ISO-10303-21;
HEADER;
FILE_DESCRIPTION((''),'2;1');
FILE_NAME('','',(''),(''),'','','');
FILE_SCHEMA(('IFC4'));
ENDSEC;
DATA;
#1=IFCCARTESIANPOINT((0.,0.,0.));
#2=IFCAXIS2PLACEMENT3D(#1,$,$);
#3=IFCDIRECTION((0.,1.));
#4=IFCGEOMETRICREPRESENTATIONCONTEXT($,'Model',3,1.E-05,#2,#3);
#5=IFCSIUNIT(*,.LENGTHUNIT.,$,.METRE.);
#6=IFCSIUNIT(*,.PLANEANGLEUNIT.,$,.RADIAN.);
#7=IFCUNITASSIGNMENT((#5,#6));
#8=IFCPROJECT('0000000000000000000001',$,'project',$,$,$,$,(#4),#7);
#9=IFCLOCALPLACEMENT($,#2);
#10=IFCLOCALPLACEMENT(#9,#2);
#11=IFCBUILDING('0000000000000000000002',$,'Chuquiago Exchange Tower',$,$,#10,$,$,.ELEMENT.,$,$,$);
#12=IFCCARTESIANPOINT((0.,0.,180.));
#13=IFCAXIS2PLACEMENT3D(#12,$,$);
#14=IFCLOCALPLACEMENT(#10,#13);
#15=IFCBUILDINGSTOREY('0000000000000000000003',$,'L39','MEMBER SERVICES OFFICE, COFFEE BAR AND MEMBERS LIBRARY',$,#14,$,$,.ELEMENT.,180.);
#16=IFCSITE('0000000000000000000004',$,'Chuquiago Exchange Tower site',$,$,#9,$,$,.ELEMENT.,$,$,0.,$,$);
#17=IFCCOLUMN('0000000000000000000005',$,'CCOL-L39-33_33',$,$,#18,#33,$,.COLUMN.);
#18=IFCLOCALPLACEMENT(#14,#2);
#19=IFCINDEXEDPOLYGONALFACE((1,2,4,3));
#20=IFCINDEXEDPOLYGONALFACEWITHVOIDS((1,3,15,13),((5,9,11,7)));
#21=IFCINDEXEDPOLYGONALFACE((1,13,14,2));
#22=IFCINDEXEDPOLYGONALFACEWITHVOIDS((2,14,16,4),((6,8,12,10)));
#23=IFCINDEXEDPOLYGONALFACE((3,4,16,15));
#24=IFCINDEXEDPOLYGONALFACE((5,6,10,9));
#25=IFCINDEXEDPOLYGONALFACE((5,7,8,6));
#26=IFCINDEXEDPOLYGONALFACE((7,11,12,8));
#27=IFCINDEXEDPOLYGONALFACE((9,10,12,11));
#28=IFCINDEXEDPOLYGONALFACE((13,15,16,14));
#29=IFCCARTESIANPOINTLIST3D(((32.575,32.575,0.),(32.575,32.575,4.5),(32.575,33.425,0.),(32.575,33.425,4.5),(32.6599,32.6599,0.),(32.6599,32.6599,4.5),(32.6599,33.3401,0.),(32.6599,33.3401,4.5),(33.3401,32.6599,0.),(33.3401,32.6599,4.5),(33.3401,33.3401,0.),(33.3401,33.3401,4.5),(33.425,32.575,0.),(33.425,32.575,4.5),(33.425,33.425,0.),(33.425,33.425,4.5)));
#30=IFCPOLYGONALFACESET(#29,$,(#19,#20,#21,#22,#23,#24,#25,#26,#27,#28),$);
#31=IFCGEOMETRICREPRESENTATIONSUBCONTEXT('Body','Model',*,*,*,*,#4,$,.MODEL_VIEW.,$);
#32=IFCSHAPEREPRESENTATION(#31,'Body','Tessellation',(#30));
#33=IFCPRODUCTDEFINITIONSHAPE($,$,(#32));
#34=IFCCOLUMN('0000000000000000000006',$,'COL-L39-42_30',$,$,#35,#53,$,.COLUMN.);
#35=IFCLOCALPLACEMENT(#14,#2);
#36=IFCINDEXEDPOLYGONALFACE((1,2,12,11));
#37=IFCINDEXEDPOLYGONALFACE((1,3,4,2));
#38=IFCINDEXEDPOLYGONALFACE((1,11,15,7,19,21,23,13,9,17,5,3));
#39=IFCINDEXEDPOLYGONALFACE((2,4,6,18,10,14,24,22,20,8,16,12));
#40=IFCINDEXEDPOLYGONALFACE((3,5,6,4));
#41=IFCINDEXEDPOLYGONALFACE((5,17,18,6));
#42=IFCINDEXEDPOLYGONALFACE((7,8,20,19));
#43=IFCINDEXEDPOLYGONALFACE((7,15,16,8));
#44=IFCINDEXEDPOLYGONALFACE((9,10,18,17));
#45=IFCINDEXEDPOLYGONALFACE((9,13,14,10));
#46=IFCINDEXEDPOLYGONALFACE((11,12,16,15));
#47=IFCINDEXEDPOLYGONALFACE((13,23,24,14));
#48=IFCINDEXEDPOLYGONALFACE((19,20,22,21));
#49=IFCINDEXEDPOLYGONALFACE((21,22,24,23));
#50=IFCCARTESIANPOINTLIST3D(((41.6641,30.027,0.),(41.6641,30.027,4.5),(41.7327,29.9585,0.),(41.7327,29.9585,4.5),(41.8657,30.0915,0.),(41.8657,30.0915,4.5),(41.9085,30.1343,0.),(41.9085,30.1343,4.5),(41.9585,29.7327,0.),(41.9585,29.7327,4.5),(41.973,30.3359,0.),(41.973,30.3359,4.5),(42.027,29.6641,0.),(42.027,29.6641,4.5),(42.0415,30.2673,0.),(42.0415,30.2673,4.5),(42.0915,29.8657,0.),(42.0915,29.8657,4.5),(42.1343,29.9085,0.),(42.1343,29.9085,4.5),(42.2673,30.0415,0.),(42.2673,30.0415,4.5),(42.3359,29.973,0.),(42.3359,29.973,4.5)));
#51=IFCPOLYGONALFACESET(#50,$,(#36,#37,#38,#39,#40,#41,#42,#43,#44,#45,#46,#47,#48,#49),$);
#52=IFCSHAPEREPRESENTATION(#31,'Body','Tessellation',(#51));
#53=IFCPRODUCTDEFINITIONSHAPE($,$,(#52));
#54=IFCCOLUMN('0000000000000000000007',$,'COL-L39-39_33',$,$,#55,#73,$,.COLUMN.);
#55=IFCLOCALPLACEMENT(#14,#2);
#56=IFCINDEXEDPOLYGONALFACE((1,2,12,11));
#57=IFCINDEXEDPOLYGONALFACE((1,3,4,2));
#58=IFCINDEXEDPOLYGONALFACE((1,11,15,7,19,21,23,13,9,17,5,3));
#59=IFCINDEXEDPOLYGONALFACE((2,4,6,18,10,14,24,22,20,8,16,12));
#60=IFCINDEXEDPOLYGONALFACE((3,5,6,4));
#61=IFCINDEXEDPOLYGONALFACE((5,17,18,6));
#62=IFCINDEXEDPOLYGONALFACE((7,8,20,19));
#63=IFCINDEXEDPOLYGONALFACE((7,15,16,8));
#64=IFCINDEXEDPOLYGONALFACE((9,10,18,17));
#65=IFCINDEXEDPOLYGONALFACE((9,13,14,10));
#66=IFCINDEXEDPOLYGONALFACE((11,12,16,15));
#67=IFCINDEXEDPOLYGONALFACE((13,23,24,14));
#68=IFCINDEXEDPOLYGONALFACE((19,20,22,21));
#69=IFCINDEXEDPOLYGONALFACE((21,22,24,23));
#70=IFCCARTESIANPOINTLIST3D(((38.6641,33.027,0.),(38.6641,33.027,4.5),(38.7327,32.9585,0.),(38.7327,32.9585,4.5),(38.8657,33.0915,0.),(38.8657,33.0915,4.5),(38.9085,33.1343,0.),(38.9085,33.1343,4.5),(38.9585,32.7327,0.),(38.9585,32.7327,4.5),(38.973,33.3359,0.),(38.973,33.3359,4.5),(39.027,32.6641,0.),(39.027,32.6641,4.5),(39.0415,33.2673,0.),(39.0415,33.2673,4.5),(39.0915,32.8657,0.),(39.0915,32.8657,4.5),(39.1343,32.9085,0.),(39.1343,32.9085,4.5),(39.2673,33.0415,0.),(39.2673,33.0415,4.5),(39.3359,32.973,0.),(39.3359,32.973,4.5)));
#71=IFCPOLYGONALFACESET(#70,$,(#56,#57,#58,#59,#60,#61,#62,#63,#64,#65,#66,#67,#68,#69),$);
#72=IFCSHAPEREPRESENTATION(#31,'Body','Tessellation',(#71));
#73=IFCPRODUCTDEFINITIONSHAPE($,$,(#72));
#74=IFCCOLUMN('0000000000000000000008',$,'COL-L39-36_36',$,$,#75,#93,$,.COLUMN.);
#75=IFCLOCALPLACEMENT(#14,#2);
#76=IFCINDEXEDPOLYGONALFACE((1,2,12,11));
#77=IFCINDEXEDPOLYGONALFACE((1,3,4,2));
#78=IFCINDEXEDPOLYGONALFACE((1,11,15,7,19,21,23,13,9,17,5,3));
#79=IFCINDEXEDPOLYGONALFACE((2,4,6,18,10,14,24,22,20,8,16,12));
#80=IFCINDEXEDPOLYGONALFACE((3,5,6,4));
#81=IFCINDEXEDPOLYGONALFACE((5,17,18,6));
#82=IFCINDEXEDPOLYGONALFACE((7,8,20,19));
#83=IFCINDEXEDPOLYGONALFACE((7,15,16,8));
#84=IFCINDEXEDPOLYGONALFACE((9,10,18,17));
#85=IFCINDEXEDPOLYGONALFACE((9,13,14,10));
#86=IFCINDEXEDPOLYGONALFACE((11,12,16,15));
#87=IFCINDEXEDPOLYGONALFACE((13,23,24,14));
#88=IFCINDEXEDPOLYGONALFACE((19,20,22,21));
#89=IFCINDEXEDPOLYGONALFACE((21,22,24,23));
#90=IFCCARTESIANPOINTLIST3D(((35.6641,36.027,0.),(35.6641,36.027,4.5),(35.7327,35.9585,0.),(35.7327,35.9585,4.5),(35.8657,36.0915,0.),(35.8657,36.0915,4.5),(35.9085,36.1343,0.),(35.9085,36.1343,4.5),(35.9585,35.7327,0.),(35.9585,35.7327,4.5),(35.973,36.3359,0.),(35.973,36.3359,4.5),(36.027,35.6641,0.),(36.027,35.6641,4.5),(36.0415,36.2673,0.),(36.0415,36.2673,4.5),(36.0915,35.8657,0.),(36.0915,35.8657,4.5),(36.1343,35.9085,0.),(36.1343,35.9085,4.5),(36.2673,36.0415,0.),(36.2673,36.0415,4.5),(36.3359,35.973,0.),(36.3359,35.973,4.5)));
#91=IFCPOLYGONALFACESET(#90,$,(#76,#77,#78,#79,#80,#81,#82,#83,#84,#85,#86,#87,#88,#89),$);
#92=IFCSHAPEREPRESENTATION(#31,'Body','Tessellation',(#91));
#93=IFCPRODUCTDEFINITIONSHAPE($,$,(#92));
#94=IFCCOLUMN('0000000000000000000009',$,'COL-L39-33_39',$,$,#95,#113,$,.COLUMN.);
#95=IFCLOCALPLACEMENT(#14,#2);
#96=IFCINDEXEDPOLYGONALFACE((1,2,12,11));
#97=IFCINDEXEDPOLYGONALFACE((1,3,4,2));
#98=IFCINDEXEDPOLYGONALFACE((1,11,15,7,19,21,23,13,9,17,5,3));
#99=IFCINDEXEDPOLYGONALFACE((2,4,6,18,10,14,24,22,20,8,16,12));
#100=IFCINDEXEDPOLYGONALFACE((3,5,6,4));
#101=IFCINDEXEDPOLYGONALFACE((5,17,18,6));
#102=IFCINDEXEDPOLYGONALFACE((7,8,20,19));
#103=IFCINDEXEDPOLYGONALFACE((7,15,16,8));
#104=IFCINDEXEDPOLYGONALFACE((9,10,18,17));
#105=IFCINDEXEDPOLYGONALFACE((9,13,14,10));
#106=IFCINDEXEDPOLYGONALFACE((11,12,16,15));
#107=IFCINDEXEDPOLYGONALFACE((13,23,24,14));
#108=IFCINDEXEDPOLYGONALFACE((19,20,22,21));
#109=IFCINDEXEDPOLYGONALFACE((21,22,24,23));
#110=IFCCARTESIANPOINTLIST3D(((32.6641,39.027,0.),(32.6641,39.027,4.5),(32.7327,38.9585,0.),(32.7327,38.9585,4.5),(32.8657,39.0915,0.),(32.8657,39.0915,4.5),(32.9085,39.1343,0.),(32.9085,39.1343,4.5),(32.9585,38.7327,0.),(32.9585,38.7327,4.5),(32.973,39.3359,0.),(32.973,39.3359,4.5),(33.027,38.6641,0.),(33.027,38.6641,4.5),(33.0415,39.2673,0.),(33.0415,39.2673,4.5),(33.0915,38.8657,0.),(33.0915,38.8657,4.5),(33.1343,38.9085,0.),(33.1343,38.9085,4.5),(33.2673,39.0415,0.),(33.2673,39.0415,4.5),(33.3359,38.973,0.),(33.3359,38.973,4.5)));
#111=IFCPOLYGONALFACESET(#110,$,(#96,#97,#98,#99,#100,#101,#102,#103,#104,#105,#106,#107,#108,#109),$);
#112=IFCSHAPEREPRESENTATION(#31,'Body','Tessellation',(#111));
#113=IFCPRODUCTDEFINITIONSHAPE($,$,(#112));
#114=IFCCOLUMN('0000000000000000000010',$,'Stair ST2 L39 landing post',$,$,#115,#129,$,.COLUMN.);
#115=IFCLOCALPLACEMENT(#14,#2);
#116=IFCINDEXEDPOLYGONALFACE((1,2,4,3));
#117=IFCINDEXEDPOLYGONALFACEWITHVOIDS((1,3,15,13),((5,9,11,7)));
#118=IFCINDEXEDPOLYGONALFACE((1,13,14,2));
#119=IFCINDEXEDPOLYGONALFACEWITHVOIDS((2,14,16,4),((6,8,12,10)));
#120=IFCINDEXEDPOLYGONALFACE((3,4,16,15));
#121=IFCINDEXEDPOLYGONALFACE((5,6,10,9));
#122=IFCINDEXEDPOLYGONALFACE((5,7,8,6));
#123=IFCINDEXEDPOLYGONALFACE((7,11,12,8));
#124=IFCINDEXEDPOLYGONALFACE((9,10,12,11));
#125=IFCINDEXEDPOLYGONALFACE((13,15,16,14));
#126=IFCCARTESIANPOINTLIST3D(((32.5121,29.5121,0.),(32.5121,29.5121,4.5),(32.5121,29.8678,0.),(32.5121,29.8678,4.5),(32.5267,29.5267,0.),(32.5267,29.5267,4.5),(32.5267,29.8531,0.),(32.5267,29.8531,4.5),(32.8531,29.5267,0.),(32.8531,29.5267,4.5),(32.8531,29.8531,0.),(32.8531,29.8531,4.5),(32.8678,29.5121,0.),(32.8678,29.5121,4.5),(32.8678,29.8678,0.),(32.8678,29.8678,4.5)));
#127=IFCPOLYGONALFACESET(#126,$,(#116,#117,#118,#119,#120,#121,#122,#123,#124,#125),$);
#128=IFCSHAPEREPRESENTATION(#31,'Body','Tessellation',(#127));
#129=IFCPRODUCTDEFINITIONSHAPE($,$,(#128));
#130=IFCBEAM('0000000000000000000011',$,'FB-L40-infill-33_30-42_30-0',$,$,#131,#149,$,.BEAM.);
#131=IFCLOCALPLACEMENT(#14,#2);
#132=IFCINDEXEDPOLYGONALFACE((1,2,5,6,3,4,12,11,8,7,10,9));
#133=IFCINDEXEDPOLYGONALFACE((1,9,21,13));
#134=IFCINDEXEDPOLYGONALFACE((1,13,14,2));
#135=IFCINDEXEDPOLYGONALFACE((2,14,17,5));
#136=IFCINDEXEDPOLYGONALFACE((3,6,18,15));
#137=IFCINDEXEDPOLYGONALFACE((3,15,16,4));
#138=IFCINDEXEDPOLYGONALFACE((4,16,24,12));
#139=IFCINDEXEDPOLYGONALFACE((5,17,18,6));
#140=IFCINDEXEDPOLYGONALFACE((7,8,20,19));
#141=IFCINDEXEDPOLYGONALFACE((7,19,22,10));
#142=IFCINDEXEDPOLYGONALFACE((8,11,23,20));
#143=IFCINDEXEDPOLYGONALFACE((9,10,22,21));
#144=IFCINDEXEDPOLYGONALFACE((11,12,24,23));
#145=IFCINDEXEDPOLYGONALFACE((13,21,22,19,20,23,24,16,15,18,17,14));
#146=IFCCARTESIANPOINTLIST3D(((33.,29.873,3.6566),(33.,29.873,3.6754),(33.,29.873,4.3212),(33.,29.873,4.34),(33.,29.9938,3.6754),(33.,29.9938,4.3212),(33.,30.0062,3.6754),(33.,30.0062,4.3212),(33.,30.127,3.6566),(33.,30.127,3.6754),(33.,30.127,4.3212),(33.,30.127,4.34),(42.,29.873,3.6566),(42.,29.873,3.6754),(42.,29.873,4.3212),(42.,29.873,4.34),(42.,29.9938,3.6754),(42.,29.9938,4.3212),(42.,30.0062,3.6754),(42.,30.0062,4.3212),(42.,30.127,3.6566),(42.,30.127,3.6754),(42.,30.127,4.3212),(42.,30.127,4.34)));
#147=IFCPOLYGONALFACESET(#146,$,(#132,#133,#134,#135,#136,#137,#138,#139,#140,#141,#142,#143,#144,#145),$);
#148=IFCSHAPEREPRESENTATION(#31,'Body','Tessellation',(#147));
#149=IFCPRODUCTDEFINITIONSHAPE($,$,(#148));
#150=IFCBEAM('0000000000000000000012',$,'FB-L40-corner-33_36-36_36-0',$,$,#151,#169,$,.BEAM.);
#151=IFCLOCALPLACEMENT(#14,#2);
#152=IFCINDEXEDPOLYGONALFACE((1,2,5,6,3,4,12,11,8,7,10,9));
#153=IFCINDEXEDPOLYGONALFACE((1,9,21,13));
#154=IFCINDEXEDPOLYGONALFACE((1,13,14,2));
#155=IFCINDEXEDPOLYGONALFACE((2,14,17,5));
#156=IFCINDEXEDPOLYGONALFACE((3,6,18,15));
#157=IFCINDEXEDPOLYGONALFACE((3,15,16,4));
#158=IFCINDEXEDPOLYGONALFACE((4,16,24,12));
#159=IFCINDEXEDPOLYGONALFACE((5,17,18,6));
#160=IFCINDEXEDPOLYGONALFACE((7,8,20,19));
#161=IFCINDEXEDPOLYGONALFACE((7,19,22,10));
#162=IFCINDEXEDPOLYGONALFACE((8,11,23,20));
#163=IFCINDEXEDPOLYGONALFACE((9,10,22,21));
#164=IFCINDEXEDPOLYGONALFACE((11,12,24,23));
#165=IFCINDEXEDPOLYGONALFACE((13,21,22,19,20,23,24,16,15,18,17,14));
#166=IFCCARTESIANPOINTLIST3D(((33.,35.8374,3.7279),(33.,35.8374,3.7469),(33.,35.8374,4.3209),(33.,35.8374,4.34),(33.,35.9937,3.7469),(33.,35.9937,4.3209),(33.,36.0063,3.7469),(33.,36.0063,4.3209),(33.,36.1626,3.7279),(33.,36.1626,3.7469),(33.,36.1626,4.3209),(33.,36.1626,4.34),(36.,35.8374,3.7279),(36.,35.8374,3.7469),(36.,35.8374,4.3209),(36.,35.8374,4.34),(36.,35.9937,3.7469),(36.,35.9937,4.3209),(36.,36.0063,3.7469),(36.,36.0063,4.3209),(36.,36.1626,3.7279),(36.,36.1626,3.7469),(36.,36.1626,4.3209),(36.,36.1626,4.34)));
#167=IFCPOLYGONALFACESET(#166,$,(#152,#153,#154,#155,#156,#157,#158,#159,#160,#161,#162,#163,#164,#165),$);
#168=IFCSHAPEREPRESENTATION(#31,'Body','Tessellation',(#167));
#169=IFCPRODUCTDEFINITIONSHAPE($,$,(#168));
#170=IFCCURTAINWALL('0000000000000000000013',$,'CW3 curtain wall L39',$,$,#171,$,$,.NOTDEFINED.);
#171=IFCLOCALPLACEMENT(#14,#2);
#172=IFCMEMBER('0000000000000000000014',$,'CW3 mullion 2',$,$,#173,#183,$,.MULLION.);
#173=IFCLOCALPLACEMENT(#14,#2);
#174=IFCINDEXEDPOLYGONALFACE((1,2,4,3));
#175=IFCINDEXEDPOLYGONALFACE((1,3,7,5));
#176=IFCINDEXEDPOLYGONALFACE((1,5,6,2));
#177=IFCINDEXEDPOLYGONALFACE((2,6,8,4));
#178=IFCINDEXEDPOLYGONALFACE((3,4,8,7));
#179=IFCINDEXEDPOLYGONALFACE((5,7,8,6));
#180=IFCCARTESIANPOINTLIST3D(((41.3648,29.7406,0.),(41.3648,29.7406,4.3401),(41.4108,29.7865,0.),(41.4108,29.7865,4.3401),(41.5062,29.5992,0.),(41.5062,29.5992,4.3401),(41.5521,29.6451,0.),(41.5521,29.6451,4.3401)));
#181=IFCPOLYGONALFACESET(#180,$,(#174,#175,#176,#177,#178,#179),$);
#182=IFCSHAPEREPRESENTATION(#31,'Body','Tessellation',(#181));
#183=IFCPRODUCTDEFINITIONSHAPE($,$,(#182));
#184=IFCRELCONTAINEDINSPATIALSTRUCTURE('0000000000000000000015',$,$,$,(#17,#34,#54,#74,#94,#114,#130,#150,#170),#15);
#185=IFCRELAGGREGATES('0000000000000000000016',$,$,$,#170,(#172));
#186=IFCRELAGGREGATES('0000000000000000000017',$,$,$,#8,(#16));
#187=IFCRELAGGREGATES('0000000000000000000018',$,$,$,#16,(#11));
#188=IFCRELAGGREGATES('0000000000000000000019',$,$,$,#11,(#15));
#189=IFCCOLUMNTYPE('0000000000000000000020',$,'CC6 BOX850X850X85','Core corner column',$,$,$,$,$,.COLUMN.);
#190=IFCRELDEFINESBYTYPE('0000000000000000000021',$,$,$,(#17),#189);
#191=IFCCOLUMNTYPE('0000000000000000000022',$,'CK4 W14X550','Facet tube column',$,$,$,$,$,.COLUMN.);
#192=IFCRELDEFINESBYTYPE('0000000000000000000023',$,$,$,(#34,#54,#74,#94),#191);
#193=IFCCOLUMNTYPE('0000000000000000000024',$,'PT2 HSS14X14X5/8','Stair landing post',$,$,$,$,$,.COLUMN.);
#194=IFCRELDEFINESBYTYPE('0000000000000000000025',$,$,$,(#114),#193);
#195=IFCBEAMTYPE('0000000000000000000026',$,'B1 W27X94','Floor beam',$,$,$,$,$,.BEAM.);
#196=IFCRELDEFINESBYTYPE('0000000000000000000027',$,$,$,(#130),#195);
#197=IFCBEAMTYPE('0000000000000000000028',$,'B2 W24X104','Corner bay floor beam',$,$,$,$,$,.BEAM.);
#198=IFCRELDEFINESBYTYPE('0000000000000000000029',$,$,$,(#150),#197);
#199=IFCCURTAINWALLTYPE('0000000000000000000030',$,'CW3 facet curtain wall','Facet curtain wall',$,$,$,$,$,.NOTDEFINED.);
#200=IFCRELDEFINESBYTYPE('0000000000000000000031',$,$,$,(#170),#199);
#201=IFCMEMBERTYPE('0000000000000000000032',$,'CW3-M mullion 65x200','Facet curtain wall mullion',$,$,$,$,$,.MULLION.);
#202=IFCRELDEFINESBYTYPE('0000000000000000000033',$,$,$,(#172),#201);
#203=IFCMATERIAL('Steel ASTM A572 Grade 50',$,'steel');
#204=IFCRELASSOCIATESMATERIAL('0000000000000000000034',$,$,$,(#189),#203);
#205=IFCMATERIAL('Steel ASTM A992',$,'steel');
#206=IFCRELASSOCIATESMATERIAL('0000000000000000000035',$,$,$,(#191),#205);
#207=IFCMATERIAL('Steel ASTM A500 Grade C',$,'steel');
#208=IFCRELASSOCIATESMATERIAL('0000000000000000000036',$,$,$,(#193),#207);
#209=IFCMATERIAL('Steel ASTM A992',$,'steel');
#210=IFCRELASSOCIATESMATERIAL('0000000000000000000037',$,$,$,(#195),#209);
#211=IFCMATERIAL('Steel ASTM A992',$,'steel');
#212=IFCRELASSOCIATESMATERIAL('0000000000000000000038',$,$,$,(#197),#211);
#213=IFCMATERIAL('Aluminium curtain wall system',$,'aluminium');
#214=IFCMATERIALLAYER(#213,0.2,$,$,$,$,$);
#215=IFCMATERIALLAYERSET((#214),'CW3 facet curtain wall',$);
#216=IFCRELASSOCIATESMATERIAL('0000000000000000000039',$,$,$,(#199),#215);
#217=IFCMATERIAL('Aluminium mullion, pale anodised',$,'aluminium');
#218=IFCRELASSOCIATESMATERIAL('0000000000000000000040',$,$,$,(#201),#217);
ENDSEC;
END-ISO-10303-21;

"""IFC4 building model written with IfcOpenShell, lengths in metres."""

from ifc_helpers import new_model, si_unit, direction, frame, origin, origin_2d, place, context, subcontext, project, spatial, rectangle, hollow_rectangle, i_section, extrude, material, layer, layer_set, material_profile, profile_set, type_object, element, aggregate, save


model = new_model("IFC4")

# Units and contexts
model_context = context("Model", 3, precision=1e-05, world=origin(), true_north=direction((0.0, 1.0)))
body_context = subcontext(model_context, "Body", "Model", "MODEL_VIEW")
ifc_project = project(units=[si_unit("LENGTHUNIT", "METRE"), si_unit("PLANEANGLEUNIT", "RADIAN")], contexts=[model_context])

# Site, building, storey
site_placement = place(None, origin())
site = spatial("IfcSite", under=ifc_project, at=site_placement, Name="Chuquiago Exchange Tower site", CompositionType="ELEMENT", RefElevation=0.0)
building_placement = place(site_placement, origin())
building = spatial("IfcBuilding", under=site, at=building_placement, Name="Chuquiago Exchange Tower", CompositionType="ELEMENT")
storey_placement = place(building_placement, frame((0.0, 0.0, 180.0)))
storey = spatial("IfcBuildingStorey", under=building, at=storey_placement, Name="L39", Description="MEMBER SERVICES OFFICE, COFFEE BAR AND MEMBERS LIBRARY", CompositionType="ELEMENT", Elevation=180.0)

# Columns
ifc_material_1 = material(Name="Steel ASTM A572 Grade 50", Category="steel")
ifc_material_profile_1 = material_profile(ifc_material_1, hollow_rectangle(XDim=0.8501, YDim=0.8501, WallThickness=0.085, at=origin_2d()), Name="BOX850X850X85")
ifc_profile_set_1 = profile_set([ifc_material_profile_1], Name="Steel ASTM A572 Grade 50")
column_type_1 = type_object("IfcColumnType", Name="CC6 BOX850X850X85", Description="Core corner column", PredefinedType="COLUMN", material=ifc_profile_set_1)
column_1_placement = place(storey_placement, frame((33.0, 33.0, 0.0), z_axis=(0.0, 0.0, 1.0), x_axis=(1.0, 0.0, 0.0)))
element("IfcColumn", 1, at=column_1_placement, inside=storey, type_object=column_type_1, Name="CCOL-L39-33_33", PredefinedType="COLUMN", context=body_context, shape_type="SweptSolid", body=[
    extrude(hollow_rectangle(XDim=0.8501, YDim=0.8501, WallThickness=0.085, at=origin_2d()), origin(), (0.0, 0.0, 1.0), 4.5),
])
ifc_material_2 = material(Name="Steel ASTM A992", Category="steel")
ifc_material_profile_2 = material_profile(ifc_material_2, i_section(OverallWidth=0.4368, OverallDepth=0.5132, WebThickness=0.0605, FlangeThickness=0.0969, at=origin_2d()), Name="W14X550")
ifc_profile_set_2 = profile_set([ifc_material_profile_2], Name="Steel ASTM A992")
column_type_2 = type_object("IfcColumnType", Name="CK4 W14X550", Description="Facet tube column", PredefinedType="COLUMN", material=ifc_profile_set_2)
for number, where, z_axis, x_axis, name in (
    (2, (42.0, 30.0, 0.0), (0.0, 0.0, 1.0), (0.707107, 0.707107, 0.0), "COL-L39-42_30"),
    (3, (39.0, 33.0, 0.0), (0.0, 0.0, 1.0), (0.707107, 0.707107, 0.0), "COL-L39-39_33"),
    (4, (36.0, 36.0, 0.0), (0.0, 0.0, 1.0), (0.707107, 0.707107, 0.0), "COL-L39-36_36"),
    (5, (33.0, 39.0, 0.0), (0.0, 0.0, 1.0), (0.707107, 0.707107, 0.0), "COL-L39-33_39"),
):
    element("IfcColumn", number, at=place(storey_placement, frame(where, z_axis=z_axis, x_axis=x_axis)), inside=storey, type_object=column_type_2, Name=name, PredefinedType="COLUMN", context=body_context, shape_type="SweptSolid", body=[
        extrude(i_section(OverallWidth=0.4368, OverallDepth=0.5132, WebThickness=0.0605, FlangeThickness=0.0969, at=origin_2d()), origin(), (0.0, 0.0, 1.0), 4.5),
    ])
ifc_material_3 = material(Name="Steel ASTM A500 Grade C", Category="steel")
ifc_material_profile_3 = material_profile(ifc_material_3, hollow_rectangle(XDim=0.3557, YDim=0.3557, WallThickness=0.0146, at=origin_2d()), Name="HSS14X14X5/8")
ifc_profile_set_3 = profile_set([ifc_material_profile_3], Name="Steel ASTM A500 Grade C")
column_type_3 = type_object("IfcColumnType", Name="PT2 HSS14X14X5/8", Description="Stair landing post", PredefinedType="COLUMN", material=ifc_profile_set_3)
column_2_placement = place(storey_placement, frame((32.6899, 29.6899, 0.0), z_axis=(0.0, 0.0, 1.0), x_axis=(1.0, 0.0, 0.0)))
element("IfcColumn", 6, at=column_2_placement, inside=storey, type_object=column_type_3, Name="Stair ST2 L39 landing post", PredefinedType="COLUMN", context=body_context, shape_type="SweptSolid", body=[
    extrude(hollow_rectangle(XDim=0.3557, YDim=0.3557, WallThickness=0.0146, at=origin_2d()), origin(), (0.0, 0.0, 1.0), 4.5),
])

# Beams
ifc_material_4 = material(Name="Steel ASTM A992", Category="steel")
ifc_material_profile_4 = material_profile(ifc_material_4, i_section(OverallWidth=0.2539, OverallDepth=0.6833, WebThickness=0.0125, FlangeThickness=0.0188, at=origin_2d()), Name="W27X94")
ifc_profile_set_4 = profile_set([ifc_material_profile_4], Name="Steel ASTM A992")
beam_type_1 = type_object("IfcBeamType", Name="B1 W27X94", Description="Floor beam", PredefinedType="BEAM", material=ifc_profile_set_4)
beam_1_placement = place(storey_placement, frame((33.0, 30.0, 3.9983), z_axis=(1.0, 0.0, 0.0), x_axis=(0.0, 1.0, 0.0)))
element("IfcBeam", 7, at=beam_1_placement, inside=storey, type_object=beam_type_1, Name="FB-L40-infill-33_30-42_30-0", PredefinedType="BEAM", context=body_context, shape_type="SweptSolid", body=[
    extrude(i_section(OverallWidth=0.2539, OverallDepth=0.6833, WebThickness=0.0125, FlangeThickness=0.0188, at=origin_2d()), origin(), (0.0, 0.0, 1.0), 9.0),
])
ifc_material_5 = material(Name="Steel ASTM A992", Category="steel")
ifc_material_profile_5 = material_profile(ifc_material_5, i_section(OverallWidth=0.3252, OverallDepth=0.6121, WebThickness=0.0127, FlangeThickness=0.019, at=origin_2d()), Name="W24X104")
ifc_profile_set_5 = profile_set([ifc_material_profile_5], Name="Steel ASTM A992")
beam_type_2 = type_object("IfcBeamType", Name="B2 W24X104", Description="Corner bay floor beam", PredefinedType="BEAM", material=ifc_profile_set_5)
beam_2_placement = place(storey_placement, frame((33.0, 36.0, 4.0339), z_axis=(1.0, 0.0, 0.0), x_axis=(0.0, 1.0, 0.0)))
element("IfcBeam", 8, at=beam_2_placement, inside=storey, type_object=beam_type_2, Name="FB-L40-corner-33_36-36_36-0", PredefinedType="BEAM", context=body_context, shape_type="SweptSolid", body=[
    extrude(i_section(OverallWidth=0.3252, OverallDepth=0.6121, WebThickness=0.0127, FlangeThickness=0.019, at=origin_2d()), origin(), (0.0, 0.0, 1.0), 3.0),
])

# Curtain wall, member
ifc_material_6 = material(Name="Aluminium curtain wall system", Category="aluminium")
ifc_layer_1 = layer(ifc_material_6, 0.2)
ifc_layer_set_1 = layer_set([ifc_layer_1], Name="CW3 facet curtain wall")
curtain_wall_type = type_object("IfcCurtainWallType", Name="CW3 facet curtain wall", Description="Facet curtain wall", PredefinedType="NOTDEFINED", material=ifc_layer_set_1)
curtain_wall_placement = place(storey_placement, origin())
curtain_wall = element("IfcCurtainWall", 9, at=curtain_wall_placement, inside=storey, type_object=curtain_wall_type, Name="CW3 curtain wall L39", PredefinedType="NOTDEFINED")
ifc_material_7 = material(Name="Aluminium mullion, pale anodised", Category="aluminium")
ifc_material_profile_6 = material_profile(ifc_material_7, rectangle(XDim=0.0649, YDim=0.2, at=origin_2d()), Name="AL 65x200")
ifc_profile_set_6 = profile_set([ifc_material_profile_6], Name="Aluminium mullion, pale anodised")
member_type_1 = type_object("IfcMemberType", Name="CW3-M mullion 65x200", Description="Facet curtain wall mullion", PredefinedType="MULLION", material=ifc_profile_set_6)
member_1_placement = place(storey_placement, frame((41.4585, 29.6929, 0.0), z_axis=(0.0, 0.0, 1.0), x_axis=(-0.707107, -0.707107, 0.0)))
member_1 = element("IfcMember", 10, at=member_1_placement, type_object=member_type_1, Name="CW3 mullion 2", PredefinedType="MULLION", context=body_context, shape_type="SweptSolid", body=[
    extrude(rectangle(XDim=0.0649, YDim=0.2, at=origin_2d()), origin(), (0.0, 0.0, 1.0), 4.3401),
])

aggregate(curtain_wall, [member_1])

save(model, "model.ifc")
